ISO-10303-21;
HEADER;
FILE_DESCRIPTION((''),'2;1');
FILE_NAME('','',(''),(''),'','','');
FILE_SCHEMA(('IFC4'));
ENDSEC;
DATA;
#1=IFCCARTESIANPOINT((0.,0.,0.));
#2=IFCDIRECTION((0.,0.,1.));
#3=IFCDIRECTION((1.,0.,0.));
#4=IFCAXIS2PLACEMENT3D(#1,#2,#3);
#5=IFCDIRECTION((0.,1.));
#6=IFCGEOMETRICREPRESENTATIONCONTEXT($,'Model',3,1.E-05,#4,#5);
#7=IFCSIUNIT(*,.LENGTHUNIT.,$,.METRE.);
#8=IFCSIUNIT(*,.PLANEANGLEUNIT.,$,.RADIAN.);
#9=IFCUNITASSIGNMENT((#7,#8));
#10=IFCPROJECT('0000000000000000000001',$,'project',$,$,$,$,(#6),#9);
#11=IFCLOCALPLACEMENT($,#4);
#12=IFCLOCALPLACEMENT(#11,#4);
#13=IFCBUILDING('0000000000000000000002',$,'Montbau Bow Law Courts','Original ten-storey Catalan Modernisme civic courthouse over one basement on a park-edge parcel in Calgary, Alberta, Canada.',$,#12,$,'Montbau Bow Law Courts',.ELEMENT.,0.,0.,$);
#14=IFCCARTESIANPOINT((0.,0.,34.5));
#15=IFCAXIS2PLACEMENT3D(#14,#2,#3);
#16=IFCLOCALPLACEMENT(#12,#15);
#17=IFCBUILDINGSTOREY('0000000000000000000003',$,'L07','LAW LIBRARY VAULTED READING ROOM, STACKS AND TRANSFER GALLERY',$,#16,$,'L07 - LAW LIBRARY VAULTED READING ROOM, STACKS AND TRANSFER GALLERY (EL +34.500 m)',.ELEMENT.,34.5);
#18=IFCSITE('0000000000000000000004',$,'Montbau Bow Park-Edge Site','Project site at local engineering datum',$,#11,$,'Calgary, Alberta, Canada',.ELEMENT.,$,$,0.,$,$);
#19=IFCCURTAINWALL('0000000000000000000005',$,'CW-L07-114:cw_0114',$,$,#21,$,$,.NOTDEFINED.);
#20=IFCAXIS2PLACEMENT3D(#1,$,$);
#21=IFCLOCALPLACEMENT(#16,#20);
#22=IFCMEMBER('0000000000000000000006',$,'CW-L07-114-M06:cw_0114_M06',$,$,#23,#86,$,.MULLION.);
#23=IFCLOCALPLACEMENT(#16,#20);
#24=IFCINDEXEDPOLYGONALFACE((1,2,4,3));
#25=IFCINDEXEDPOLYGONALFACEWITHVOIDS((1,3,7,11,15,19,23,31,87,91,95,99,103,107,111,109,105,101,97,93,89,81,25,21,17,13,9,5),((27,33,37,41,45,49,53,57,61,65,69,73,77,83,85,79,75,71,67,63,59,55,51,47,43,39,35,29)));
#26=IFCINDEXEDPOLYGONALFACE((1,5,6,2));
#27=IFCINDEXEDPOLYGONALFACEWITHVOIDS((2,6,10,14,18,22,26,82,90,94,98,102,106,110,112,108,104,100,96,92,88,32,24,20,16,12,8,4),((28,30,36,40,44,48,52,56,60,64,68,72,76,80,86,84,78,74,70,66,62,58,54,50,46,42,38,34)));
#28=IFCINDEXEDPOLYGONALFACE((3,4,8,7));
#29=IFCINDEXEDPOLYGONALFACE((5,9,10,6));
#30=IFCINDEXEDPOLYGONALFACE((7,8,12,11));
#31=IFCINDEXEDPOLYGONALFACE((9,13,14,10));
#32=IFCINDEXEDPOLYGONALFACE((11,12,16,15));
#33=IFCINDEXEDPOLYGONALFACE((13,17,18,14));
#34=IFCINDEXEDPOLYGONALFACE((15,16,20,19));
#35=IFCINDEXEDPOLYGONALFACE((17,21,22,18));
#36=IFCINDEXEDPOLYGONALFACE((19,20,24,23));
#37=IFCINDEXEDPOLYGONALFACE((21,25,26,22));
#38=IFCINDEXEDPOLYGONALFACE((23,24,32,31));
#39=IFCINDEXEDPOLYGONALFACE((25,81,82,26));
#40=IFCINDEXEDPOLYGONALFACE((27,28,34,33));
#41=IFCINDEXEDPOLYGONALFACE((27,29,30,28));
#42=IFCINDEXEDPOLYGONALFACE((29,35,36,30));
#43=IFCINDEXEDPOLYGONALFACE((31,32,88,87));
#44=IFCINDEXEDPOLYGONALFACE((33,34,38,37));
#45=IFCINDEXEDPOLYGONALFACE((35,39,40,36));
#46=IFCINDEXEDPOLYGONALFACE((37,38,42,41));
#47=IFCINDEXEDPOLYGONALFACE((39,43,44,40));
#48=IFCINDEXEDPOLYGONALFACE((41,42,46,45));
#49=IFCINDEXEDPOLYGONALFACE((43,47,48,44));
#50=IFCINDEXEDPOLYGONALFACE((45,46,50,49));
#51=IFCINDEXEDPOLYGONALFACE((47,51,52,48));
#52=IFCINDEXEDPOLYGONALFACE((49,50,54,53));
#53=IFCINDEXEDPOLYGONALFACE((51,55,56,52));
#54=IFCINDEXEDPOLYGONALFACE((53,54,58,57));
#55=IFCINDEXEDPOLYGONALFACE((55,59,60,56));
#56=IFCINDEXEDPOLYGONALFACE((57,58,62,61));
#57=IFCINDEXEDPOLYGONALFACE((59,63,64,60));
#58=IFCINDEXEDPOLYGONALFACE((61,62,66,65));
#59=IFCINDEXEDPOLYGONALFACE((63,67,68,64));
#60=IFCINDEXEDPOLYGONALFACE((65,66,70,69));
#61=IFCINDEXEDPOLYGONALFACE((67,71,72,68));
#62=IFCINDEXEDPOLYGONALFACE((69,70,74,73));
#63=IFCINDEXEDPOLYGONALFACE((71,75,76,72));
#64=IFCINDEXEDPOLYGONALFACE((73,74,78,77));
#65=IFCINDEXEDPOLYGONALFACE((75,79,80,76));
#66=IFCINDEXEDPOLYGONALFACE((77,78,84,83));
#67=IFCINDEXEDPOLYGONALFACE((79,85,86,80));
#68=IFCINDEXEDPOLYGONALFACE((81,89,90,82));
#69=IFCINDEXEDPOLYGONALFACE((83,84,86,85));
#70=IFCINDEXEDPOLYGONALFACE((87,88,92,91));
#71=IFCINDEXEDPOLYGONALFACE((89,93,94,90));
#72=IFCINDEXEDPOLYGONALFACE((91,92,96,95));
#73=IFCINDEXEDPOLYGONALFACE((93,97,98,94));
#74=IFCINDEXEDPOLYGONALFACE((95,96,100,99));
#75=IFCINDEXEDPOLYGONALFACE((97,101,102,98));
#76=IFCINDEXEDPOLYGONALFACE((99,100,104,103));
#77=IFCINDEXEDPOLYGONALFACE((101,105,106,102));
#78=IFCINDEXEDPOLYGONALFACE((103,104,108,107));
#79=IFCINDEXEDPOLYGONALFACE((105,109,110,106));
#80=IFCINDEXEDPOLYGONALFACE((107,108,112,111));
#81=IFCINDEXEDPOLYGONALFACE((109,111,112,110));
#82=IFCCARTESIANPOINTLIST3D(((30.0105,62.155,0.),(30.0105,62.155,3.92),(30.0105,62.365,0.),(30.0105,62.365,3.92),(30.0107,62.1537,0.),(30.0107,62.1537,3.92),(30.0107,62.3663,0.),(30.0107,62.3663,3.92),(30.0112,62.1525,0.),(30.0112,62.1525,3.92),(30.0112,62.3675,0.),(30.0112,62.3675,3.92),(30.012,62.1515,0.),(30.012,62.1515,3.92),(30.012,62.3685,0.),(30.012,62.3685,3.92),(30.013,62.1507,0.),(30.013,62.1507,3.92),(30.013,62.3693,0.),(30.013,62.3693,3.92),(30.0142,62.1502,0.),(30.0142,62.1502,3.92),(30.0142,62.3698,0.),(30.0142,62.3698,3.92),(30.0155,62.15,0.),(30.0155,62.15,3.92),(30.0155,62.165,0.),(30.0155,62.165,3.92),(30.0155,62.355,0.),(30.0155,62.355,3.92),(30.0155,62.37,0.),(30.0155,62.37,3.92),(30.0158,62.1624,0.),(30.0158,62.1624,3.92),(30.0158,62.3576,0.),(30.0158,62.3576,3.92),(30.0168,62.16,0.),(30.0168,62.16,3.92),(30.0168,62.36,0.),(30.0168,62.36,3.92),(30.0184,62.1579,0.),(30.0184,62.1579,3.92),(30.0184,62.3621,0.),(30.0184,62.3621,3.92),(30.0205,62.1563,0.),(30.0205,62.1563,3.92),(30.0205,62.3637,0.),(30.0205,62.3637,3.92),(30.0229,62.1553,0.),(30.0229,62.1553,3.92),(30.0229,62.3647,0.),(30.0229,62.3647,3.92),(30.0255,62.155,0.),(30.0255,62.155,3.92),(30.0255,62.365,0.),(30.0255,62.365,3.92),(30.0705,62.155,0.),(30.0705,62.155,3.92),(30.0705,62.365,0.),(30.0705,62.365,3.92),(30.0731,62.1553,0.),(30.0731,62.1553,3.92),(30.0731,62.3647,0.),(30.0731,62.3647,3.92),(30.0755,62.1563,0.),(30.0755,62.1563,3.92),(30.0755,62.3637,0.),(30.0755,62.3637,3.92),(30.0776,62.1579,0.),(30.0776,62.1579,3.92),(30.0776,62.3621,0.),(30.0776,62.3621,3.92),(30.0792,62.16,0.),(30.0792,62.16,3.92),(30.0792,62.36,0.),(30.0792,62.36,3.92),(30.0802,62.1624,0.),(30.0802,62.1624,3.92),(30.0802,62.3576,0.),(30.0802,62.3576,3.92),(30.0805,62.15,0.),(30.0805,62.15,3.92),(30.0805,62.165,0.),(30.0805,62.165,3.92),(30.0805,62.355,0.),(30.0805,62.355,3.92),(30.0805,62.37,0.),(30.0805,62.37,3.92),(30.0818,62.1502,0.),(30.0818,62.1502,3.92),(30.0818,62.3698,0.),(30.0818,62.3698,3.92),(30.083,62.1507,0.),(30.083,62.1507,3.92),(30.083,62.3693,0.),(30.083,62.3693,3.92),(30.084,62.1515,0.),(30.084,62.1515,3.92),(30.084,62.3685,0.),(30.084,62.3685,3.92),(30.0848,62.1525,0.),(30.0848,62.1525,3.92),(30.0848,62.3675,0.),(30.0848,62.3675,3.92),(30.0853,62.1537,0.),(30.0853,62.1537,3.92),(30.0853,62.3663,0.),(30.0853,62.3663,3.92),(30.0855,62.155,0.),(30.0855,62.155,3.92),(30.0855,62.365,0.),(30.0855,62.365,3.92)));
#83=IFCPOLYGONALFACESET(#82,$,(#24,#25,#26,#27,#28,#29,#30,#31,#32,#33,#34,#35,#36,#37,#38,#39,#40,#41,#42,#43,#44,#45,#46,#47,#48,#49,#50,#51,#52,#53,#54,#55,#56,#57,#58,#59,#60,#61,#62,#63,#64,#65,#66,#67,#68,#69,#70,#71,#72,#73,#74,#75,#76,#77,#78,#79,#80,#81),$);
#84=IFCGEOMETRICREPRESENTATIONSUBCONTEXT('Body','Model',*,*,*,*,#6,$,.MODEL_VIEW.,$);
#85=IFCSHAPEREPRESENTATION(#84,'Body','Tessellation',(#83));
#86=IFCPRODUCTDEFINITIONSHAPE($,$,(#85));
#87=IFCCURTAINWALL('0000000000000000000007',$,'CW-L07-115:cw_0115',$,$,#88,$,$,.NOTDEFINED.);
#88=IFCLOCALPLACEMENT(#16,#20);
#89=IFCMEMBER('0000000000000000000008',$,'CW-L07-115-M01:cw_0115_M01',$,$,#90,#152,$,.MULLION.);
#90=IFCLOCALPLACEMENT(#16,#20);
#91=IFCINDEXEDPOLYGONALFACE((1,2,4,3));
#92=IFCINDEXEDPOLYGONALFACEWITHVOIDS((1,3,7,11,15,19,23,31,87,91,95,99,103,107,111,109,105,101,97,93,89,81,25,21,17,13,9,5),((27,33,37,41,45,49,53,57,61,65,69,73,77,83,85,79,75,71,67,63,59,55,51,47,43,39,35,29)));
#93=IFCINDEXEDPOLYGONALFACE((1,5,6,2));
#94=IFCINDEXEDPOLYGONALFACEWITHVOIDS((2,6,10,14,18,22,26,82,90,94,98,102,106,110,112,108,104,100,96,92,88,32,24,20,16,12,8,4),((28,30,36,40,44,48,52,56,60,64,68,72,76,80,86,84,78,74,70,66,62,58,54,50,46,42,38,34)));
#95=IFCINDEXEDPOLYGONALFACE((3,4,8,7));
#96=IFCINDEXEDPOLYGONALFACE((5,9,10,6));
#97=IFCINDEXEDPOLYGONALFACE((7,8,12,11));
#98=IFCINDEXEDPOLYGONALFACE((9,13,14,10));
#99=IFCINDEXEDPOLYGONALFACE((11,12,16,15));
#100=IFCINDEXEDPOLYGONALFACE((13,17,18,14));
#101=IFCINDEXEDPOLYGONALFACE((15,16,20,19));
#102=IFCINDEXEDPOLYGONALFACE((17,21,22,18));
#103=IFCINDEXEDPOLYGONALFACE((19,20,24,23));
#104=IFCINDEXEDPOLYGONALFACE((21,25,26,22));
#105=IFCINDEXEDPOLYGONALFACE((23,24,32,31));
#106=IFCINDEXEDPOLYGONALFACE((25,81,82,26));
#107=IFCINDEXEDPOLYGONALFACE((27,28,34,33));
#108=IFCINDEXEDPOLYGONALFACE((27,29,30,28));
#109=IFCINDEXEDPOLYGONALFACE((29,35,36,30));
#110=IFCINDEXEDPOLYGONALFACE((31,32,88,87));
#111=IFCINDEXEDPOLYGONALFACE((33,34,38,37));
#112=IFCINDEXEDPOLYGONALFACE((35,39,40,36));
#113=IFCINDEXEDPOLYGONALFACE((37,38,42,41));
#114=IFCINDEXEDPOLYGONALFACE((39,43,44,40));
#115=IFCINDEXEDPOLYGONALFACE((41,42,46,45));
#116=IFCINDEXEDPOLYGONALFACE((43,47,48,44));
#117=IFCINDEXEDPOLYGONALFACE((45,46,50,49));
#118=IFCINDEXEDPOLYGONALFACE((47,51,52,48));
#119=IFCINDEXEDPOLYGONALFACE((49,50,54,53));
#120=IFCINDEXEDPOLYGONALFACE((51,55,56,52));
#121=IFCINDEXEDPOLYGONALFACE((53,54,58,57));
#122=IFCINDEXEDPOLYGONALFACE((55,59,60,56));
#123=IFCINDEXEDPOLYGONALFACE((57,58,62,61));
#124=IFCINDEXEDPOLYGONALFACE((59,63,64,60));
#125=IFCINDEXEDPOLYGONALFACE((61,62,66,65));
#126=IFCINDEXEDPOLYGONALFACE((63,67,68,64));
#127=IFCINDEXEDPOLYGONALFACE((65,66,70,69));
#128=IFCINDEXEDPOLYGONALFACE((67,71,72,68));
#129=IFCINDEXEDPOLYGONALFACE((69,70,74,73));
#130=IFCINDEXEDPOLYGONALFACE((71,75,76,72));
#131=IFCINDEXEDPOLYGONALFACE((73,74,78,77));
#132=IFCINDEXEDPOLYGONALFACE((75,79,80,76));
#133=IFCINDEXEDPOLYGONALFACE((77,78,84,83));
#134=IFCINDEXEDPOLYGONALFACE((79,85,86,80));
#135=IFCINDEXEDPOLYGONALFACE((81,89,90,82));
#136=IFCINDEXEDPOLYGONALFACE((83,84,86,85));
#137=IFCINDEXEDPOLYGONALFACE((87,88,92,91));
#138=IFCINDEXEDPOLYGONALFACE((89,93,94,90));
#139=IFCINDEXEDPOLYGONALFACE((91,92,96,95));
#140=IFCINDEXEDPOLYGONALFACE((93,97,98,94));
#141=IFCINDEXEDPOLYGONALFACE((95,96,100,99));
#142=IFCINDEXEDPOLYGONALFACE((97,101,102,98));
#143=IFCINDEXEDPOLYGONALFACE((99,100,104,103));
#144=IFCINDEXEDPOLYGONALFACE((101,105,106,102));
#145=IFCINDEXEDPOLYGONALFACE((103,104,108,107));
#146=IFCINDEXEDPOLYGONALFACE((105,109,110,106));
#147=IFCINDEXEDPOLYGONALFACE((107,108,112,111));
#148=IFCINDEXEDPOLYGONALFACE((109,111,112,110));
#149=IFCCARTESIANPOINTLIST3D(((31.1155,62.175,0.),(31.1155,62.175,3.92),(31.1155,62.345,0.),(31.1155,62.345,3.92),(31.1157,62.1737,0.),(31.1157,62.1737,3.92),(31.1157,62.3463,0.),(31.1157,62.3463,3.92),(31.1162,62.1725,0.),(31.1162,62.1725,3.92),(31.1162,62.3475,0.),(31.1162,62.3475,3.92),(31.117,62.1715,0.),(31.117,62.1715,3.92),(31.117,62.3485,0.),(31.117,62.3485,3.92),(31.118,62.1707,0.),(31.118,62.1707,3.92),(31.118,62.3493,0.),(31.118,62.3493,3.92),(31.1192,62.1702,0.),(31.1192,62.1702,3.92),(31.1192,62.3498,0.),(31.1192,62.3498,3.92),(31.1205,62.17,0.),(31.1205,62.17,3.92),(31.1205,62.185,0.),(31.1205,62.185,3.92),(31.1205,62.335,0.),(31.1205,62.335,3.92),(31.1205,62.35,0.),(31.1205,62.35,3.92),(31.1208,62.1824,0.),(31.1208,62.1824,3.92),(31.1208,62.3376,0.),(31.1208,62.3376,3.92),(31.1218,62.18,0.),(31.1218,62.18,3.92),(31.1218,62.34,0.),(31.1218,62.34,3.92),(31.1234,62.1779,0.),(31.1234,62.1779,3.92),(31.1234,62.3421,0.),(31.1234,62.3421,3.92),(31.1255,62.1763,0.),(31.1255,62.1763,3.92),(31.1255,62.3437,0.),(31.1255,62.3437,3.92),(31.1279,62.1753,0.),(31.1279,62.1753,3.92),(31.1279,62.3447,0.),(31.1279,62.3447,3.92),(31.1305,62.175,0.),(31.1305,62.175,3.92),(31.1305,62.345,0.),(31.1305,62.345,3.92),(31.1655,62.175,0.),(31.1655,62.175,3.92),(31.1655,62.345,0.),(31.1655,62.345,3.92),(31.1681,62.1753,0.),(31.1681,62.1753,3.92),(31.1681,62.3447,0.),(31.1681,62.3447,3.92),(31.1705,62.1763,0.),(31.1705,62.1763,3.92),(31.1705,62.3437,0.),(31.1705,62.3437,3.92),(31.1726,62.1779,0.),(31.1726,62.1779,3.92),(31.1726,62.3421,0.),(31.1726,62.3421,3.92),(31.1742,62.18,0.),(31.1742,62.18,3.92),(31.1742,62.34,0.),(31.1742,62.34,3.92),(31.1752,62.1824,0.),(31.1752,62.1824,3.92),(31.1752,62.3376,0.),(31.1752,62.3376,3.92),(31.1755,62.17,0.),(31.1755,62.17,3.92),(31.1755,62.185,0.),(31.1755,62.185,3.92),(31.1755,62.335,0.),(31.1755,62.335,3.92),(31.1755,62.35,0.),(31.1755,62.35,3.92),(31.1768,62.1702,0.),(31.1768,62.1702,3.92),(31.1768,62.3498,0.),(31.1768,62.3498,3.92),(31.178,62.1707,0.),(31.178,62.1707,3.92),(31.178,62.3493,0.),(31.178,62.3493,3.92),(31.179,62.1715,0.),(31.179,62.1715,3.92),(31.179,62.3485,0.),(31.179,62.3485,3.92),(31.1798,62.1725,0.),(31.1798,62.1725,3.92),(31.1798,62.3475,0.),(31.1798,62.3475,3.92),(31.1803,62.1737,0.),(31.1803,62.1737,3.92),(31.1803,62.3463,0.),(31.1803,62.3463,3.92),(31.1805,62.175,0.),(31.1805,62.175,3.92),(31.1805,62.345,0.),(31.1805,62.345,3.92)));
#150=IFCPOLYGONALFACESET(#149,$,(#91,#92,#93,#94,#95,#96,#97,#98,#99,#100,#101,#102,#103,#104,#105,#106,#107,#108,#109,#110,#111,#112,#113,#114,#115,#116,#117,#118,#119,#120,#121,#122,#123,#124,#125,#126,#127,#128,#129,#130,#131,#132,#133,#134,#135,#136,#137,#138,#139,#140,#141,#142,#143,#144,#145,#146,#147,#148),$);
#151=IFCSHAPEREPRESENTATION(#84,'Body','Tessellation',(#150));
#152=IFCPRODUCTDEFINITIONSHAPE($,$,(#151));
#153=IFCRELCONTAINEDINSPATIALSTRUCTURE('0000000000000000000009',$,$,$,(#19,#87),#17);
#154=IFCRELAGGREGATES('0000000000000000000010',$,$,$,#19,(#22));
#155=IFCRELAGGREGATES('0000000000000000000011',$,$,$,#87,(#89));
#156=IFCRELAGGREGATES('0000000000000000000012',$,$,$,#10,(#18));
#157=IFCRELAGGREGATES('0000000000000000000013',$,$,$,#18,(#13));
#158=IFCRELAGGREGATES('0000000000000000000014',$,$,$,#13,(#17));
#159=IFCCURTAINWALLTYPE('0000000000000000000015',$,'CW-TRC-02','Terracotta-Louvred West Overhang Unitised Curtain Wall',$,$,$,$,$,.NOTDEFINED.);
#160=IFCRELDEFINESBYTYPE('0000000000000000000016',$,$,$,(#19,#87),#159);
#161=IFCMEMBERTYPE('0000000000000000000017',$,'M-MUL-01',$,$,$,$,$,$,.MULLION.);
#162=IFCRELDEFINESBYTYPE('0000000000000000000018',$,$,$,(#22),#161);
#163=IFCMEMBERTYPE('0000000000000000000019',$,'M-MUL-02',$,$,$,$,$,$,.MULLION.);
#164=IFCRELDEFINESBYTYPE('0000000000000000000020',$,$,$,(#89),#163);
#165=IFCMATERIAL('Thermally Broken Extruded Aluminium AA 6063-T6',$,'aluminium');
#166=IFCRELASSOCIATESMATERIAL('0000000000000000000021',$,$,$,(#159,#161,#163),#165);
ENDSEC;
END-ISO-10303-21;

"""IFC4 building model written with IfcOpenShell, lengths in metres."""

from ifc_helpers import new_model, si_unit, direction, frame, origin_with_axes, origin_2d_with_axis, place, context, subcontext, project, spatial, hollow_rectangle, extrude, material, material_profile, profile_set, type_object, element, aggregate, save


model = new_model("IFC4")

# Units and contexts
model_context = context("Model", 3, precision=1e-05, world=origin_with_axes(), true_north=direction((0.0, 1.0)))
body_context = subcontext(model_context, "Body", "Model", "MODEL_VIEW")
ifc_project = project(units=[si_unit("LENGTHUNIT", "METRE"), si_unit("PLANEANGLEUNIT", "RADIAN")], contexts=[model_context])

# Site, building, storey
site_placement = place(None, origin_with_axes())
site = spatial("IfcSite", under=ifc_project, at=site_placement, Name="Montbau Bow Park-Edge Site", Description="Project site at local engineering datum", LongName="Calgary, Alberta, Canada", CompositionType="ELEMENT", RefElevation=0.0)
building_placement = place(site_placement, origin_with_axes())
building = spatial("IfcBuilding", under=site, at=building_placement, Name="Montbau Bow Law Courts", Description="Original ten-storey Catalan Modernisme civic courthouse over one basement on a park-edge parcel in Calgary, Alberta, Canada.", LongName="Montbau Bow Law Courts", CompositionType="ELEMENT", ElevationOfRefHeight=0.0, ElevationOfTerrain=0.0)
storey_placement = place(building_placement, frame((0.0, 0.0, 34.5), z_axis=(0.0, 0.0, 1.0), x_axis=(1.0, 0.0, 0.0)))
storey = spatial("IfcBuildingStorey", under=building, at=storey_placement, Name="L07", Description="LAW LIBRARY VAULTED READING ROOM, STACKS AND TRANSFER GALLERY", LongName="L07 - LAW LIBRARY VAULTED READING ROOM, STACKS AND TRANSFER GALLERY (EL +34.500 m)", CompositionType="ELEMENT", Elevation=34.5)

# Curtain wall, member
ifc_material_1 = material(Name="Thermally Broken Extruded Aluminium AA 6063-T6", Category="aluminium")
curtain_wall_type = type_object("IfcCurtainWallType", Name="CW-TRC-02", Description="Terracotta-Louvred West Overhang Unitised Curtain Wall", PredefinedType="NOTDEFINED", material=ifc_material_1)
curtain_wall_1_placement = place(None, frame((22.64, 62.26, 34.5), z_axis=(0.0, 0.0, 1.0), x_axis=(1.0, 0.0, 0.0)))
curtain_wall_1 = element("IfcCurtainWall", 1, at=curtain_wall_1_placement, inside=storey, type_object=curtain_wall_type, Name="CW-L07-114:cw_0114", PredefinedType="NOTDEFINED")
ifc_material_profile_1 = material_profile(ifc_material_1, hollow_rectangle(XDim=0.075, YDim=0.22, WallThickness=0.005, InnerFilletRadius=0.01, OuterFilletRadius=0.005, at=origin_2d_with_axis()), Name="CWM-220X75", Category="Main", Priority=0)
ifc_profile_set_1 = profile_set([ifc_material_profile_1], Name="Thermally Broken Extruded Aluminium AA 6063-T6")
member_type_1 = type_object("IfcMemberType", Name="M-MUL-01", PredefinedType="MULLION", material=ifc_profile_set_1)
member_1_placement = place(None, frame((30.048, 62.26, 34.5), z_axis=(0.0, 0.0, 1.0), x_axis=(1.0, 0.0, 0.0)))
member_1 = element("IfcMember", 2, at=member_1_placement, type_object=member_type_1, Name="CW-L07-114-M06:cw_0114_M06", PredefinedType="MULLION", context=body_context, shape_type="SweptSolid", body=[
    extrude(hollow_rectangle(XDim=0.075, YDim=0.22, WallThickness=0.005, InnerFilletRadius=0.01, OuterFilletRadius=0.005, at=origin_2d_with_axis()), origin_with_axes(), (0.0, 0.0, 1.0), 3.92),
])

# Curtain wall, member
curtain_wall_2_placement = place(None, frame((31.115, 62.26, 34.5), z_axis=(0.0, 0.0, 1.0), x_axis=(1.0, 0.0, 0.0)))
curtain_wall_2 = element("IfcCurtainWall", 3, at=curtain_wall_2_placement, inside=storey, type_object=curtain_wall_type, Name="CW-L07-115:cw_0115", PredefinedType="NOTDEFINED")
ifc_material_profile_2 = material_profile(ifc_material_1, hollow_rectangle(XDim=0.065, YDim=0.18, WallThickness=0.005, InnerFilletRadius=0.01, OuterFilletRadius=0.005, at=origin_2d_with_axis()), Name="CWM-180X65", Category="Main", Priority=0)
ifc_profile_set_2 = profile_set([ifc_material_profile_2], Name="Thermally Broken Extruded Aluminium AA 6063-T6")
member_type_2 = type_object("IfcMemberType", Name="M-MUL-02", PredefinedType="MULLION", material=ifc_profile_set_2)
member_2_placement = place(None, frame((31.148, 62.26, 34.5), z_axis=(0.0, 0.0, 1.0), x_axis=(1.0, 0.0, 0.0)))
member_2 = element("IfcMember", 4, at=member_2_placement, type_object=member_type_2, Name="CW-L07-115-M01:cw_0115_M01", PredefinedType="MULLION", context=body_context, shape_type="SweptSolid", body=[
    extrude(hollow_rectangle(XDim=0.065, YDim=0.18, WallThickness=0.005, InnerFilletRadius=0.01, OuterFilletRadius=0.005, at=origin_2d_with_axis()), origin_with_axes(), (0.0, 0.0, 1.0), 3.92),
])

aggregate(curtain_wall_1, [member_1])
aggregate(curtain_wall_2, [member_2])

save(model, "model.ifc")
